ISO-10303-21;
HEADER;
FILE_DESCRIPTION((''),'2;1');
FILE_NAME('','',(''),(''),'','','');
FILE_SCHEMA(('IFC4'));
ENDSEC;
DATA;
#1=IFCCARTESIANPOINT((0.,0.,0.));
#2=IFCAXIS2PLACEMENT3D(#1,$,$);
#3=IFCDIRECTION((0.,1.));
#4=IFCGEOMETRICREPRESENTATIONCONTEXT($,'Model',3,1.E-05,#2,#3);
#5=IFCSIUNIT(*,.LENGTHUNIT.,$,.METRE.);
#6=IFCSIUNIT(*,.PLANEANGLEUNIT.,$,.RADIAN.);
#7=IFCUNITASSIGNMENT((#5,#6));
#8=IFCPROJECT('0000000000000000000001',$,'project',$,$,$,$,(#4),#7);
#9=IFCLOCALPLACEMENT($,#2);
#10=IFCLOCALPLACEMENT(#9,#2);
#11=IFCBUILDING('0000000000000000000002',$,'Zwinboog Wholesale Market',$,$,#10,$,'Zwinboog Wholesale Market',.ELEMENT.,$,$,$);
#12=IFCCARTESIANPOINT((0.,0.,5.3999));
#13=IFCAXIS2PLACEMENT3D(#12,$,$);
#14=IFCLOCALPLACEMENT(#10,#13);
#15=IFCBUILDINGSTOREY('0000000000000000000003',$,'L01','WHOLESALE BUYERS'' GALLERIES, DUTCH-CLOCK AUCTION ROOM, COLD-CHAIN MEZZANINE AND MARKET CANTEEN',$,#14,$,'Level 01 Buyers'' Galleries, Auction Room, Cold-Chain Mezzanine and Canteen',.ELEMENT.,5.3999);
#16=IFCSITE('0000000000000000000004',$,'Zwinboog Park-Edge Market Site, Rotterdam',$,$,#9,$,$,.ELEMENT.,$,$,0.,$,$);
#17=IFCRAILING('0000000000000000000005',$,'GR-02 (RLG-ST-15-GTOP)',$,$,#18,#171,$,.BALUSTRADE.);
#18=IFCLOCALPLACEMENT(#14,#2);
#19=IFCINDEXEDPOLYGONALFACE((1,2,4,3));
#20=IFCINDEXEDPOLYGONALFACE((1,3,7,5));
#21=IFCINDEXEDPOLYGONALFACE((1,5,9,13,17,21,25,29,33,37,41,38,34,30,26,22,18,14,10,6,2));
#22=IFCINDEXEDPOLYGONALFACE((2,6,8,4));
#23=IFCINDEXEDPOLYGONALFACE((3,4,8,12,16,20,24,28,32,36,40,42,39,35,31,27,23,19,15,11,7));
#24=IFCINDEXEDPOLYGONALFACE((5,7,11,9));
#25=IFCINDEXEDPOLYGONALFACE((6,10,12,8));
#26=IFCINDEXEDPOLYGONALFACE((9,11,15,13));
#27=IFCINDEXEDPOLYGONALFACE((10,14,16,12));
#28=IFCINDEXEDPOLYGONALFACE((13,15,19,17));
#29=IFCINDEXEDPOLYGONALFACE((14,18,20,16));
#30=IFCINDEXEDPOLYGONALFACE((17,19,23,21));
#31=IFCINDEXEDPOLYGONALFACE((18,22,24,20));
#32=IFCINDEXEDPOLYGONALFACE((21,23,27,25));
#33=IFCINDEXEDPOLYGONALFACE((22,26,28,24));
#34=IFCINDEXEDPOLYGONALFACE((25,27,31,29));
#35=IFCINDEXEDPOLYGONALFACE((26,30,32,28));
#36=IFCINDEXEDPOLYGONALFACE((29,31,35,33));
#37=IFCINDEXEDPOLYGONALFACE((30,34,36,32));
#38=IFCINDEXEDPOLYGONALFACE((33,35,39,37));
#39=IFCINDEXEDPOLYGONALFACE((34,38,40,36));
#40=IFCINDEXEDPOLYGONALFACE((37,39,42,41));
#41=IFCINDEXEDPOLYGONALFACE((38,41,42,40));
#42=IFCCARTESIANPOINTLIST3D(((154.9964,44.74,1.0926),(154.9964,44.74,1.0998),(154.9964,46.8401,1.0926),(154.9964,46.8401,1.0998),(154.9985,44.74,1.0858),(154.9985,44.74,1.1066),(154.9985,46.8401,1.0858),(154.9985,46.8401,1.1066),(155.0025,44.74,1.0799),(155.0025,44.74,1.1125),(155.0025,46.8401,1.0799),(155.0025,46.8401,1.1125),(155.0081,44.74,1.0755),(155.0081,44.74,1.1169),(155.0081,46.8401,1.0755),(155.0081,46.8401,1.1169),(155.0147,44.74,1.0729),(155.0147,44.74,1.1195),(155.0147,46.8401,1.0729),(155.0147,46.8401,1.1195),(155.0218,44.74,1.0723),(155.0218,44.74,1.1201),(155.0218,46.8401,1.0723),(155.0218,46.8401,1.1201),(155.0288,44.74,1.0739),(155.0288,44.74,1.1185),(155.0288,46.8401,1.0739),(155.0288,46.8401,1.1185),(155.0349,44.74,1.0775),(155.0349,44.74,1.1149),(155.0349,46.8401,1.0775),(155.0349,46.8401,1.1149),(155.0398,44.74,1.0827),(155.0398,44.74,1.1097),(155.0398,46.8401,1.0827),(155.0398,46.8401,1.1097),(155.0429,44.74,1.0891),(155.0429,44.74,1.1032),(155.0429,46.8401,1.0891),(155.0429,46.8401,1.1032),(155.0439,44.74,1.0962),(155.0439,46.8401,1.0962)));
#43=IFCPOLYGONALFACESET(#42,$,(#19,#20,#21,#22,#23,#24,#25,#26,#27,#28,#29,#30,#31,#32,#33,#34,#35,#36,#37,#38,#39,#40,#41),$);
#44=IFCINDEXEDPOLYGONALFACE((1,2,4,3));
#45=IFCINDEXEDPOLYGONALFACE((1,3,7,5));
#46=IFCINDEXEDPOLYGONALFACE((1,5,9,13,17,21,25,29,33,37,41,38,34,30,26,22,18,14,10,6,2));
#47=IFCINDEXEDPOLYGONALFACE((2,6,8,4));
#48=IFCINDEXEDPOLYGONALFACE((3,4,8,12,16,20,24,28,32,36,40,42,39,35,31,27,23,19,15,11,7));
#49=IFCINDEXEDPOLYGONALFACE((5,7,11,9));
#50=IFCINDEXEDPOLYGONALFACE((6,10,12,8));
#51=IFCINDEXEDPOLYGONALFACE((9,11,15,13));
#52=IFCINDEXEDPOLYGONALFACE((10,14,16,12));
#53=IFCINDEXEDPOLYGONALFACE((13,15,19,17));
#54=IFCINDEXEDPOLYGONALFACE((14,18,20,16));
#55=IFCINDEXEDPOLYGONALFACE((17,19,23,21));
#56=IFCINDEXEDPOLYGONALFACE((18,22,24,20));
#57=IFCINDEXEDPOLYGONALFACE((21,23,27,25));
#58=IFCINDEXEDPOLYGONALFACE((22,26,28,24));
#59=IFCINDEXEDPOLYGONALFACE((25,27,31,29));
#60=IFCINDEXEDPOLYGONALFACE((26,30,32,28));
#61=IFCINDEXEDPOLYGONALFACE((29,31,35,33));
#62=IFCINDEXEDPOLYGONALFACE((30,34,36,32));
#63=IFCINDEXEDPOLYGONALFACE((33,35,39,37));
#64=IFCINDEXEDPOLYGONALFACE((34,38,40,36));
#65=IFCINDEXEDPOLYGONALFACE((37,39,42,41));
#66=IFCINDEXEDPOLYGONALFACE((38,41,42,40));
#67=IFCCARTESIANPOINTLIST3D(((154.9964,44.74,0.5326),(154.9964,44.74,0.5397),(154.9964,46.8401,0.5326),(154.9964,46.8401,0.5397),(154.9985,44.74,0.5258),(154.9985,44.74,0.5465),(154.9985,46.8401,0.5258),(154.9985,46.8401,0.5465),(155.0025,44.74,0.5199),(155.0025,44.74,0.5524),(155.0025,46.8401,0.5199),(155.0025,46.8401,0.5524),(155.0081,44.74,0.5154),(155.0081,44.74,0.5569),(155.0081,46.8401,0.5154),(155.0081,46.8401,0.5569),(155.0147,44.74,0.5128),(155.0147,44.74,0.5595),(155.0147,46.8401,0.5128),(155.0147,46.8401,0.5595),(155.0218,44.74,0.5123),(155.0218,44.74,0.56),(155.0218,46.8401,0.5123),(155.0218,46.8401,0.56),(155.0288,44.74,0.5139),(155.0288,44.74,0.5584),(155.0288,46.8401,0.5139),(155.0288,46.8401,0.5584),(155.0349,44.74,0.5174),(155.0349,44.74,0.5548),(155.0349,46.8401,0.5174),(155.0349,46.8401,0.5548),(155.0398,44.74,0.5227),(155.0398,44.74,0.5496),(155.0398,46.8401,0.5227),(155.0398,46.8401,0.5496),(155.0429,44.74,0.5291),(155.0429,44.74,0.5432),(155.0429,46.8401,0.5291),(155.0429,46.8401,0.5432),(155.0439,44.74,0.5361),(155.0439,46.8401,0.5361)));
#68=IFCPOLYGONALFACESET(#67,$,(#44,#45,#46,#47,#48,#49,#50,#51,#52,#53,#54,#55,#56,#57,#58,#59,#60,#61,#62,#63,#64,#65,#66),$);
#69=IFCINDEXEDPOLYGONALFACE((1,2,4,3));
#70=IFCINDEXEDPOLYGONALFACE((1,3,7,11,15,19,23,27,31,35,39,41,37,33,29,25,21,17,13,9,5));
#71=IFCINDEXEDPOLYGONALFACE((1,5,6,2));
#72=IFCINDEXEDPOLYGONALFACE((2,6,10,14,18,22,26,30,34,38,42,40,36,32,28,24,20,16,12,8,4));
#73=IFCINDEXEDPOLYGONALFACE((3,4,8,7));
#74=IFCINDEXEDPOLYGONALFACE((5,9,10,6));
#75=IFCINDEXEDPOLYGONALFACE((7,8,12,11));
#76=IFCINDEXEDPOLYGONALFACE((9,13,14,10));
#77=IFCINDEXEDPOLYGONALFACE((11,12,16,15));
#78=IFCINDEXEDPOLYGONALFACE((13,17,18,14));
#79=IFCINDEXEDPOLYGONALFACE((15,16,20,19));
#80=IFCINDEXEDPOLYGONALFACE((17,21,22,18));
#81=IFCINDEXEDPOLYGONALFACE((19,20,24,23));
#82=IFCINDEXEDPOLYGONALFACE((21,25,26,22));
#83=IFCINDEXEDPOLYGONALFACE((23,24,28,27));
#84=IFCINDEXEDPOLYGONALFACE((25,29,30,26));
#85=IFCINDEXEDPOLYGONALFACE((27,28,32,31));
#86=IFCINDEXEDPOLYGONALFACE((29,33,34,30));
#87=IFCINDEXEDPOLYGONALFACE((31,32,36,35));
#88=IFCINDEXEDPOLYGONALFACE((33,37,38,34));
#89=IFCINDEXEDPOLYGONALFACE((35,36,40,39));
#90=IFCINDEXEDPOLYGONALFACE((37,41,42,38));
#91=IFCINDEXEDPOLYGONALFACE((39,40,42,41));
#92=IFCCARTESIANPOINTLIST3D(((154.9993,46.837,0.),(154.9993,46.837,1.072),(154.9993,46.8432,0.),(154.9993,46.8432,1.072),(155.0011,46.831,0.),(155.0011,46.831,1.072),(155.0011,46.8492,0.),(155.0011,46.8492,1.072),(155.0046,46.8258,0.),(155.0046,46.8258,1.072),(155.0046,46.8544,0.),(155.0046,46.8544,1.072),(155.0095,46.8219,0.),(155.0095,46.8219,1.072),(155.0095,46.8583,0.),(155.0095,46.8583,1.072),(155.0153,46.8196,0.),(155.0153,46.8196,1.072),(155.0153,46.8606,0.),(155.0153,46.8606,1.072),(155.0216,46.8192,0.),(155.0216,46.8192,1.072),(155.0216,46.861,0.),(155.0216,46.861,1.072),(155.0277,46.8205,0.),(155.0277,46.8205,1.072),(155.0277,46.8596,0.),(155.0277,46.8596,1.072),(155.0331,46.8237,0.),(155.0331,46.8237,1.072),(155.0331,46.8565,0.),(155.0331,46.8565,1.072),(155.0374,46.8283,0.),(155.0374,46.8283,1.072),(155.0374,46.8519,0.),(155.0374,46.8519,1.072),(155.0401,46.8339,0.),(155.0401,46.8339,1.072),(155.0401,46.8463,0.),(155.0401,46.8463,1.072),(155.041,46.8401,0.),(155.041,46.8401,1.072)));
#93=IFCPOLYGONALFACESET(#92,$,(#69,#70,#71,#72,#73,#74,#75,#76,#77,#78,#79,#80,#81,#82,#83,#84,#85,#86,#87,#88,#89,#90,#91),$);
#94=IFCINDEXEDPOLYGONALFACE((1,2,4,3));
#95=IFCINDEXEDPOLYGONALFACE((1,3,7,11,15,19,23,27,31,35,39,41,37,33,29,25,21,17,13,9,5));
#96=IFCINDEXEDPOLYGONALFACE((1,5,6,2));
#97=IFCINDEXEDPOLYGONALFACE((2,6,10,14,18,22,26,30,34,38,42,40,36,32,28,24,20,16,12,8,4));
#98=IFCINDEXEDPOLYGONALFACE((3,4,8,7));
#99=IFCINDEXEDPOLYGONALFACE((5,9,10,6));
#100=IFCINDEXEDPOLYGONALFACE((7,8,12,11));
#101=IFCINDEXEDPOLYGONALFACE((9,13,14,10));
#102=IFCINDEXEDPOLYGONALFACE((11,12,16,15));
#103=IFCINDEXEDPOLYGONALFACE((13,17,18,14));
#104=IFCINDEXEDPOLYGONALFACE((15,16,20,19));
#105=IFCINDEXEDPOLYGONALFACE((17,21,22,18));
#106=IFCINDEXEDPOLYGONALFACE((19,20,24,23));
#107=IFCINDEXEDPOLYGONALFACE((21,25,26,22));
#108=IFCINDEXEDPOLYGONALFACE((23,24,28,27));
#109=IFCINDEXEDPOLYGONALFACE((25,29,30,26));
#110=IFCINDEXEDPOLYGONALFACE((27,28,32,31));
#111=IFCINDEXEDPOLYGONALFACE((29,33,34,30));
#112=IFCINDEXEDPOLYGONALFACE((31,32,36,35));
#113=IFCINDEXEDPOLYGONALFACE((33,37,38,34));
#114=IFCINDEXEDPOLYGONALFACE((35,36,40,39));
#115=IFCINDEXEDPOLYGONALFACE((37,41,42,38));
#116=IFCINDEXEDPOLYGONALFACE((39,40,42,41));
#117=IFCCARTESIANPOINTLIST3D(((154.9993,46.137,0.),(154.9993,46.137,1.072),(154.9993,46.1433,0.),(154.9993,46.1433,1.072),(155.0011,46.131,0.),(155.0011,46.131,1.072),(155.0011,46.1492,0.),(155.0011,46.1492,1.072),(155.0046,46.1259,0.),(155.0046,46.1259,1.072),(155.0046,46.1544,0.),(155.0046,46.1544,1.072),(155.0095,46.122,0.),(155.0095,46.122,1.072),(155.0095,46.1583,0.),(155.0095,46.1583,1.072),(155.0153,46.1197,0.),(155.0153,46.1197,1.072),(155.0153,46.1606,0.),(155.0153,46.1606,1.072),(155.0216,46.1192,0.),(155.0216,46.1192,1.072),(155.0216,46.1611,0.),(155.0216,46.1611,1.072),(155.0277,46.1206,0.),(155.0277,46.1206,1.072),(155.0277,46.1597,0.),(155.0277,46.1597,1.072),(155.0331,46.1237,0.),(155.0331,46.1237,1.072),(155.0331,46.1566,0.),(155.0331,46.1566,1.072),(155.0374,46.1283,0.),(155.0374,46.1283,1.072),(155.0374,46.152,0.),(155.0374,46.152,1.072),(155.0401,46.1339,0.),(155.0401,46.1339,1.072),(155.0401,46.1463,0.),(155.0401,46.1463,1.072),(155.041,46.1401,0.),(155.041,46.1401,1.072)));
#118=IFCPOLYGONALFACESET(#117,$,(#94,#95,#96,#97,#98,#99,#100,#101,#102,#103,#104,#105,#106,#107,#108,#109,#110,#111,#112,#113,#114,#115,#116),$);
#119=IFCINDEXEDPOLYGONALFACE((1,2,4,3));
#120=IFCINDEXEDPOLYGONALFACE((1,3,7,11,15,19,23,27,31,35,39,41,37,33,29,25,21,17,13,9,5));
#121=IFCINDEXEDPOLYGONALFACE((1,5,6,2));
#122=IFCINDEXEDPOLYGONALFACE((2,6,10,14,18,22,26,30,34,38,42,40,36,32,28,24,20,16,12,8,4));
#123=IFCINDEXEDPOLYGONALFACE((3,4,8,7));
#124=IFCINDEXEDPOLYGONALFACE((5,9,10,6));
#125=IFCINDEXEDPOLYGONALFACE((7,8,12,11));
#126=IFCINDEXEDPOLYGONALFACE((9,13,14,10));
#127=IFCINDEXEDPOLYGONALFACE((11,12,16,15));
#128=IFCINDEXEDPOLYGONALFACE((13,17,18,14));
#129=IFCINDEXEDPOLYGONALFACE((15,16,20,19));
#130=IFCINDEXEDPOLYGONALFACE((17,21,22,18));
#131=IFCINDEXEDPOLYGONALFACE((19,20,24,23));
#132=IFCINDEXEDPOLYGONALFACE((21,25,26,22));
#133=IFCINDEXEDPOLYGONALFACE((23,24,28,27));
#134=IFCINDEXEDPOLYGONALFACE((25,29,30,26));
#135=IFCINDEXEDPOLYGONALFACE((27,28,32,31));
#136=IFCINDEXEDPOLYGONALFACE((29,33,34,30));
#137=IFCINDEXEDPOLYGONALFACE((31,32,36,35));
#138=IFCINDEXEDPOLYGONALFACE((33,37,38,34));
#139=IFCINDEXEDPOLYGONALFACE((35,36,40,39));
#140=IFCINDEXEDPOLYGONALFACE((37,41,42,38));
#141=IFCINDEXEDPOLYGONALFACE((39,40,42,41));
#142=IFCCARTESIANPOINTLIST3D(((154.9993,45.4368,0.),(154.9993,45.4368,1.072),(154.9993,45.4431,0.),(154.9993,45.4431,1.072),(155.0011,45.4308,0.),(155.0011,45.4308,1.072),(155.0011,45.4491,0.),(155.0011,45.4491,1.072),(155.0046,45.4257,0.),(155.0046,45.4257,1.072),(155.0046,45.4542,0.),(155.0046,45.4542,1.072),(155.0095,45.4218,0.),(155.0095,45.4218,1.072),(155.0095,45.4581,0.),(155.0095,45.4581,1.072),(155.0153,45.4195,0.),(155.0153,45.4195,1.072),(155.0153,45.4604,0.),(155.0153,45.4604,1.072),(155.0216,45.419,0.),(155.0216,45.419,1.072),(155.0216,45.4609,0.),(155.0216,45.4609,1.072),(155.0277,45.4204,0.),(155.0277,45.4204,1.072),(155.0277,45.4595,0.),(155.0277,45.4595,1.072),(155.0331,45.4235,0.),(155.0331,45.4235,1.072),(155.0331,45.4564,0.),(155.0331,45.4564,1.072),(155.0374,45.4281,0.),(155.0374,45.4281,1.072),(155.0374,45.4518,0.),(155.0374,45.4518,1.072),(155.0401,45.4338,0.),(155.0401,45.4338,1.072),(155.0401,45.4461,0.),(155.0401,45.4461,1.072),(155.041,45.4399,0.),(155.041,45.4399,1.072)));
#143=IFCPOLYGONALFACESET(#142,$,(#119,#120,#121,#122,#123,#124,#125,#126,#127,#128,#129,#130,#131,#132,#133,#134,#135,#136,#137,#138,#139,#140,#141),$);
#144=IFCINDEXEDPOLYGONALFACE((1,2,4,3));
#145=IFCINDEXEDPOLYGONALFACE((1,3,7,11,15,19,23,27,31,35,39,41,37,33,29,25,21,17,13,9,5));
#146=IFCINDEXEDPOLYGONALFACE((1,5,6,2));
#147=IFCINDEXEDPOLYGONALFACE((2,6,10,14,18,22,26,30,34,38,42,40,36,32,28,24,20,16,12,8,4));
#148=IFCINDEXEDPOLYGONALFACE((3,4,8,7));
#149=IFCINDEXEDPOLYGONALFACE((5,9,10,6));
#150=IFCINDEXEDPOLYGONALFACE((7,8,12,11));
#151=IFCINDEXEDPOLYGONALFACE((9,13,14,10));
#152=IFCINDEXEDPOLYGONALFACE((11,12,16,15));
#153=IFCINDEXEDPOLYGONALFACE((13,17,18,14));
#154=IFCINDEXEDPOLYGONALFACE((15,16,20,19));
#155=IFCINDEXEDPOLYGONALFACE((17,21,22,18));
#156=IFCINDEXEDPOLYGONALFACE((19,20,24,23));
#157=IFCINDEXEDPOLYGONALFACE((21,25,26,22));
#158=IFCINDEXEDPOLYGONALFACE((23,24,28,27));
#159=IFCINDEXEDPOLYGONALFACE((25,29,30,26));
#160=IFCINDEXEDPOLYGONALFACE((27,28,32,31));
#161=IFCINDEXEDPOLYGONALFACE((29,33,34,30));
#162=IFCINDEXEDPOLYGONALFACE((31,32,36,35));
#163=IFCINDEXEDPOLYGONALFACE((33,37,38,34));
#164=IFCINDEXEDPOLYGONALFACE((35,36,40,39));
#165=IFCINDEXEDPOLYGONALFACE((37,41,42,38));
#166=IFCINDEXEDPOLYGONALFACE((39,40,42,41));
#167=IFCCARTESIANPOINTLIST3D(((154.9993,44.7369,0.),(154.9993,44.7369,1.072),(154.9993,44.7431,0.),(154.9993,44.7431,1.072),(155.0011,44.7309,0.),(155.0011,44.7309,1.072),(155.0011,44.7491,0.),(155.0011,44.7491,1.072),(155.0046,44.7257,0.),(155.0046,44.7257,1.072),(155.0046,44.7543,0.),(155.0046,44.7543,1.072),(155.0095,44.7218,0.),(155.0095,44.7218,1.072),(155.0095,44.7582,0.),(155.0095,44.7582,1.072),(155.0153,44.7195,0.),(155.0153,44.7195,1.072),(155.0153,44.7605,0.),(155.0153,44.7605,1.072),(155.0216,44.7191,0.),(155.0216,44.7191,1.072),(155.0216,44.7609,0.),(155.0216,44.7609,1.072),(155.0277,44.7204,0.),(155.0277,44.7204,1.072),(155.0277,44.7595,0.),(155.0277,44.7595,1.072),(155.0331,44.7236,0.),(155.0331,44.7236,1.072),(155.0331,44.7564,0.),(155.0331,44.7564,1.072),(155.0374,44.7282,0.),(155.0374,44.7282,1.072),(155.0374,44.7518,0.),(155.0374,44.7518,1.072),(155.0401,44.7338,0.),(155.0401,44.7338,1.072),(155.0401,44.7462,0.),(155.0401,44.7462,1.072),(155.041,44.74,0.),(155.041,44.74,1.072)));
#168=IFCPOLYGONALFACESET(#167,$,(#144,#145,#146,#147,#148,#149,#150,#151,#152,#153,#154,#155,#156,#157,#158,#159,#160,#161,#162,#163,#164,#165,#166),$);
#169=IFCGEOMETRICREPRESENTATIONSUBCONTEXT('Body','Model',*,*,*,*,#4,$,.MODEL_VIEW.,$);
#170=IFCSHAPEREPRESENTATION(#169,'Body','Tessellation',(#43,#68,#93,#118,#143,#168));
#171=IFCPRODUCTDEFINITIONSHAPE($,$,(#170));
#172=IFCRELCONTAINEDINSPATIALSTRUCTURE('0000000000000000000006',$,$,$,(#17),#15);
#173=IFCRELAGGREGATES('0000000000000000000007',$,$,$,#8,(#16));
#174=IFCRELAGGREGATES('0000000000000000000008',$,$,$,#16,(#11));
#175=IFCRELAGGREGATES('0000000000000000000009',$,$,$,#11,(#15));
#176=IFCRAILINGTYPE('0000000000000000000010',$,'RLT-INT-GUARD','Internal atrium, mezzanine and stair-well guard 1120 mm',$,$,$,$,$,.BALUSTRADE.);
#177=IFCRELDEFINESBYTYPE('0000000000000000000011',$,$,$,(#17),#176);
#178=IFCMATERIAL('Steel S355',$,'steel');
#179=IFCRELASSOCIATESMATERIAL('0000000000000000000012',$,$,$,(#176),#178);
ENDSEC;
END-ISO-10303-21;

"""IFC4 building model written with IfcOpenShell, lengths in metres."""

from ifc_helpers import new_model, si_unit, direction, frame, origin, origin_2d, place, context, subcontext, project, spatial, circle, extrude, material, type_object, element, save


model = new_model("IFC4")

# Units and contexts
model_context = context("Model", 3, precision=1e-05, world=origin(), true_north=direction((0.0, 1.0)))
body_context = subcontext(model_context, "Body", "Model", "MODEL_VIEW")
ifc_project = project(units=[si_unit("LENGTHUNIT", "METRE"), si_unit("PLANEANGLEUNIT", "RADIAN")], contexts=[model_context])

# Site, building, storey
site_placement = place(None, origin())
site = spatial("IfcSite", under=ifc_project, at=site_placement, Name="Zwinboog Park-Edge Market Site, Rotterdam", CompositionType="ELEMENT", RefElevation=0.0)
building_placement = place(site_placement, origin())
building = spatial("IfcBuilding", under=site, at=building_placement, Name="Zwinboog Wholesale Market", LongName="Zwinboog Wholesale Market", CompositionType="ELEMENT")
storey_placement = place(building_placement, frame((0.0, 0.0, 5.3999)))
storey = spatial("IfcBuildingStorey", under=building, at=storey_placement, Name="L01", Description="WHOLESALE BUYERS' GALLERIES, DUTCH-CLOCK AUCTION ROOM, COLD-CHAIN MEZZANINE AND MARKET CANTEEN", LongName="Level 01 Buyers' Galleries, Auction Room, Cold-Chain Mezzanine and Canteen", CompositionType="ELEMENT", Elevation=5.3999)

# Shared definitions
ifc_material_1 = material(Name="Steel S355", Category="steel")

# Railing
railing_type_1 = type_object("IfcRailingType", Name="RLT-INT-GUARD", Description="Internal atrium, mezzanine and stair-well guard 1120 mm", PredefinedType="BALUSTRADE", material=ifc_material_1)
railing_1_placement = place(storey_placement, frame((155.02, 46.8401, 0.0)))
element("IfcRailing", 1, at=railing_1_placement, inside=storey, type_object=railing_type_1, Name="GR-02 (RLG-ST-15-GTOP)", PredefinedType="BALUSTRADE", context=body_context, shape_type="SweptSolid", body=[
    extrude(circle(Radius=0.0239, at=origin_2d()), frame((0.0, 0.0, 1.0962), z_axis=(0.0, -1.0, 0.0), x_axis=(1.0, 0.0, 0.0)), (0.0, 0.0, 1.0), 2.1001),
    extrude(circle(Radius=0.0239, at=origin_2d()), frame((0.0, 0.0, 0.5361), z_axis=(0.0, -1.0, 0.0), x_axis=(1.0, 0.0, 0.0)), (0.0, 0.0, 1.0), 2.1001),
    extrude(circle(Radius=0.021, at=origin_2d()), origin(), (0.0, 0.0, 1.0), 1.072),
    extrude(circle(Radius=0.021, at=origin_2d()), frame((0.0, -0.7, 0.0)), (0.0, 0.0, 1.0), 1.072),
    extrude(circle(Radius=0.021, at=origin_2d()), frame((0.0, -1.4001, 0.0)), (0.0, 0.0, 1.0), 1.072),
    extrude(circle(Radius=0.021, at=origin_2d()), frame((0.0, -2.1001, 0.0)), (0.0, 0.0, 1.0), 1.072),
])

save(model, "model.ifc")
